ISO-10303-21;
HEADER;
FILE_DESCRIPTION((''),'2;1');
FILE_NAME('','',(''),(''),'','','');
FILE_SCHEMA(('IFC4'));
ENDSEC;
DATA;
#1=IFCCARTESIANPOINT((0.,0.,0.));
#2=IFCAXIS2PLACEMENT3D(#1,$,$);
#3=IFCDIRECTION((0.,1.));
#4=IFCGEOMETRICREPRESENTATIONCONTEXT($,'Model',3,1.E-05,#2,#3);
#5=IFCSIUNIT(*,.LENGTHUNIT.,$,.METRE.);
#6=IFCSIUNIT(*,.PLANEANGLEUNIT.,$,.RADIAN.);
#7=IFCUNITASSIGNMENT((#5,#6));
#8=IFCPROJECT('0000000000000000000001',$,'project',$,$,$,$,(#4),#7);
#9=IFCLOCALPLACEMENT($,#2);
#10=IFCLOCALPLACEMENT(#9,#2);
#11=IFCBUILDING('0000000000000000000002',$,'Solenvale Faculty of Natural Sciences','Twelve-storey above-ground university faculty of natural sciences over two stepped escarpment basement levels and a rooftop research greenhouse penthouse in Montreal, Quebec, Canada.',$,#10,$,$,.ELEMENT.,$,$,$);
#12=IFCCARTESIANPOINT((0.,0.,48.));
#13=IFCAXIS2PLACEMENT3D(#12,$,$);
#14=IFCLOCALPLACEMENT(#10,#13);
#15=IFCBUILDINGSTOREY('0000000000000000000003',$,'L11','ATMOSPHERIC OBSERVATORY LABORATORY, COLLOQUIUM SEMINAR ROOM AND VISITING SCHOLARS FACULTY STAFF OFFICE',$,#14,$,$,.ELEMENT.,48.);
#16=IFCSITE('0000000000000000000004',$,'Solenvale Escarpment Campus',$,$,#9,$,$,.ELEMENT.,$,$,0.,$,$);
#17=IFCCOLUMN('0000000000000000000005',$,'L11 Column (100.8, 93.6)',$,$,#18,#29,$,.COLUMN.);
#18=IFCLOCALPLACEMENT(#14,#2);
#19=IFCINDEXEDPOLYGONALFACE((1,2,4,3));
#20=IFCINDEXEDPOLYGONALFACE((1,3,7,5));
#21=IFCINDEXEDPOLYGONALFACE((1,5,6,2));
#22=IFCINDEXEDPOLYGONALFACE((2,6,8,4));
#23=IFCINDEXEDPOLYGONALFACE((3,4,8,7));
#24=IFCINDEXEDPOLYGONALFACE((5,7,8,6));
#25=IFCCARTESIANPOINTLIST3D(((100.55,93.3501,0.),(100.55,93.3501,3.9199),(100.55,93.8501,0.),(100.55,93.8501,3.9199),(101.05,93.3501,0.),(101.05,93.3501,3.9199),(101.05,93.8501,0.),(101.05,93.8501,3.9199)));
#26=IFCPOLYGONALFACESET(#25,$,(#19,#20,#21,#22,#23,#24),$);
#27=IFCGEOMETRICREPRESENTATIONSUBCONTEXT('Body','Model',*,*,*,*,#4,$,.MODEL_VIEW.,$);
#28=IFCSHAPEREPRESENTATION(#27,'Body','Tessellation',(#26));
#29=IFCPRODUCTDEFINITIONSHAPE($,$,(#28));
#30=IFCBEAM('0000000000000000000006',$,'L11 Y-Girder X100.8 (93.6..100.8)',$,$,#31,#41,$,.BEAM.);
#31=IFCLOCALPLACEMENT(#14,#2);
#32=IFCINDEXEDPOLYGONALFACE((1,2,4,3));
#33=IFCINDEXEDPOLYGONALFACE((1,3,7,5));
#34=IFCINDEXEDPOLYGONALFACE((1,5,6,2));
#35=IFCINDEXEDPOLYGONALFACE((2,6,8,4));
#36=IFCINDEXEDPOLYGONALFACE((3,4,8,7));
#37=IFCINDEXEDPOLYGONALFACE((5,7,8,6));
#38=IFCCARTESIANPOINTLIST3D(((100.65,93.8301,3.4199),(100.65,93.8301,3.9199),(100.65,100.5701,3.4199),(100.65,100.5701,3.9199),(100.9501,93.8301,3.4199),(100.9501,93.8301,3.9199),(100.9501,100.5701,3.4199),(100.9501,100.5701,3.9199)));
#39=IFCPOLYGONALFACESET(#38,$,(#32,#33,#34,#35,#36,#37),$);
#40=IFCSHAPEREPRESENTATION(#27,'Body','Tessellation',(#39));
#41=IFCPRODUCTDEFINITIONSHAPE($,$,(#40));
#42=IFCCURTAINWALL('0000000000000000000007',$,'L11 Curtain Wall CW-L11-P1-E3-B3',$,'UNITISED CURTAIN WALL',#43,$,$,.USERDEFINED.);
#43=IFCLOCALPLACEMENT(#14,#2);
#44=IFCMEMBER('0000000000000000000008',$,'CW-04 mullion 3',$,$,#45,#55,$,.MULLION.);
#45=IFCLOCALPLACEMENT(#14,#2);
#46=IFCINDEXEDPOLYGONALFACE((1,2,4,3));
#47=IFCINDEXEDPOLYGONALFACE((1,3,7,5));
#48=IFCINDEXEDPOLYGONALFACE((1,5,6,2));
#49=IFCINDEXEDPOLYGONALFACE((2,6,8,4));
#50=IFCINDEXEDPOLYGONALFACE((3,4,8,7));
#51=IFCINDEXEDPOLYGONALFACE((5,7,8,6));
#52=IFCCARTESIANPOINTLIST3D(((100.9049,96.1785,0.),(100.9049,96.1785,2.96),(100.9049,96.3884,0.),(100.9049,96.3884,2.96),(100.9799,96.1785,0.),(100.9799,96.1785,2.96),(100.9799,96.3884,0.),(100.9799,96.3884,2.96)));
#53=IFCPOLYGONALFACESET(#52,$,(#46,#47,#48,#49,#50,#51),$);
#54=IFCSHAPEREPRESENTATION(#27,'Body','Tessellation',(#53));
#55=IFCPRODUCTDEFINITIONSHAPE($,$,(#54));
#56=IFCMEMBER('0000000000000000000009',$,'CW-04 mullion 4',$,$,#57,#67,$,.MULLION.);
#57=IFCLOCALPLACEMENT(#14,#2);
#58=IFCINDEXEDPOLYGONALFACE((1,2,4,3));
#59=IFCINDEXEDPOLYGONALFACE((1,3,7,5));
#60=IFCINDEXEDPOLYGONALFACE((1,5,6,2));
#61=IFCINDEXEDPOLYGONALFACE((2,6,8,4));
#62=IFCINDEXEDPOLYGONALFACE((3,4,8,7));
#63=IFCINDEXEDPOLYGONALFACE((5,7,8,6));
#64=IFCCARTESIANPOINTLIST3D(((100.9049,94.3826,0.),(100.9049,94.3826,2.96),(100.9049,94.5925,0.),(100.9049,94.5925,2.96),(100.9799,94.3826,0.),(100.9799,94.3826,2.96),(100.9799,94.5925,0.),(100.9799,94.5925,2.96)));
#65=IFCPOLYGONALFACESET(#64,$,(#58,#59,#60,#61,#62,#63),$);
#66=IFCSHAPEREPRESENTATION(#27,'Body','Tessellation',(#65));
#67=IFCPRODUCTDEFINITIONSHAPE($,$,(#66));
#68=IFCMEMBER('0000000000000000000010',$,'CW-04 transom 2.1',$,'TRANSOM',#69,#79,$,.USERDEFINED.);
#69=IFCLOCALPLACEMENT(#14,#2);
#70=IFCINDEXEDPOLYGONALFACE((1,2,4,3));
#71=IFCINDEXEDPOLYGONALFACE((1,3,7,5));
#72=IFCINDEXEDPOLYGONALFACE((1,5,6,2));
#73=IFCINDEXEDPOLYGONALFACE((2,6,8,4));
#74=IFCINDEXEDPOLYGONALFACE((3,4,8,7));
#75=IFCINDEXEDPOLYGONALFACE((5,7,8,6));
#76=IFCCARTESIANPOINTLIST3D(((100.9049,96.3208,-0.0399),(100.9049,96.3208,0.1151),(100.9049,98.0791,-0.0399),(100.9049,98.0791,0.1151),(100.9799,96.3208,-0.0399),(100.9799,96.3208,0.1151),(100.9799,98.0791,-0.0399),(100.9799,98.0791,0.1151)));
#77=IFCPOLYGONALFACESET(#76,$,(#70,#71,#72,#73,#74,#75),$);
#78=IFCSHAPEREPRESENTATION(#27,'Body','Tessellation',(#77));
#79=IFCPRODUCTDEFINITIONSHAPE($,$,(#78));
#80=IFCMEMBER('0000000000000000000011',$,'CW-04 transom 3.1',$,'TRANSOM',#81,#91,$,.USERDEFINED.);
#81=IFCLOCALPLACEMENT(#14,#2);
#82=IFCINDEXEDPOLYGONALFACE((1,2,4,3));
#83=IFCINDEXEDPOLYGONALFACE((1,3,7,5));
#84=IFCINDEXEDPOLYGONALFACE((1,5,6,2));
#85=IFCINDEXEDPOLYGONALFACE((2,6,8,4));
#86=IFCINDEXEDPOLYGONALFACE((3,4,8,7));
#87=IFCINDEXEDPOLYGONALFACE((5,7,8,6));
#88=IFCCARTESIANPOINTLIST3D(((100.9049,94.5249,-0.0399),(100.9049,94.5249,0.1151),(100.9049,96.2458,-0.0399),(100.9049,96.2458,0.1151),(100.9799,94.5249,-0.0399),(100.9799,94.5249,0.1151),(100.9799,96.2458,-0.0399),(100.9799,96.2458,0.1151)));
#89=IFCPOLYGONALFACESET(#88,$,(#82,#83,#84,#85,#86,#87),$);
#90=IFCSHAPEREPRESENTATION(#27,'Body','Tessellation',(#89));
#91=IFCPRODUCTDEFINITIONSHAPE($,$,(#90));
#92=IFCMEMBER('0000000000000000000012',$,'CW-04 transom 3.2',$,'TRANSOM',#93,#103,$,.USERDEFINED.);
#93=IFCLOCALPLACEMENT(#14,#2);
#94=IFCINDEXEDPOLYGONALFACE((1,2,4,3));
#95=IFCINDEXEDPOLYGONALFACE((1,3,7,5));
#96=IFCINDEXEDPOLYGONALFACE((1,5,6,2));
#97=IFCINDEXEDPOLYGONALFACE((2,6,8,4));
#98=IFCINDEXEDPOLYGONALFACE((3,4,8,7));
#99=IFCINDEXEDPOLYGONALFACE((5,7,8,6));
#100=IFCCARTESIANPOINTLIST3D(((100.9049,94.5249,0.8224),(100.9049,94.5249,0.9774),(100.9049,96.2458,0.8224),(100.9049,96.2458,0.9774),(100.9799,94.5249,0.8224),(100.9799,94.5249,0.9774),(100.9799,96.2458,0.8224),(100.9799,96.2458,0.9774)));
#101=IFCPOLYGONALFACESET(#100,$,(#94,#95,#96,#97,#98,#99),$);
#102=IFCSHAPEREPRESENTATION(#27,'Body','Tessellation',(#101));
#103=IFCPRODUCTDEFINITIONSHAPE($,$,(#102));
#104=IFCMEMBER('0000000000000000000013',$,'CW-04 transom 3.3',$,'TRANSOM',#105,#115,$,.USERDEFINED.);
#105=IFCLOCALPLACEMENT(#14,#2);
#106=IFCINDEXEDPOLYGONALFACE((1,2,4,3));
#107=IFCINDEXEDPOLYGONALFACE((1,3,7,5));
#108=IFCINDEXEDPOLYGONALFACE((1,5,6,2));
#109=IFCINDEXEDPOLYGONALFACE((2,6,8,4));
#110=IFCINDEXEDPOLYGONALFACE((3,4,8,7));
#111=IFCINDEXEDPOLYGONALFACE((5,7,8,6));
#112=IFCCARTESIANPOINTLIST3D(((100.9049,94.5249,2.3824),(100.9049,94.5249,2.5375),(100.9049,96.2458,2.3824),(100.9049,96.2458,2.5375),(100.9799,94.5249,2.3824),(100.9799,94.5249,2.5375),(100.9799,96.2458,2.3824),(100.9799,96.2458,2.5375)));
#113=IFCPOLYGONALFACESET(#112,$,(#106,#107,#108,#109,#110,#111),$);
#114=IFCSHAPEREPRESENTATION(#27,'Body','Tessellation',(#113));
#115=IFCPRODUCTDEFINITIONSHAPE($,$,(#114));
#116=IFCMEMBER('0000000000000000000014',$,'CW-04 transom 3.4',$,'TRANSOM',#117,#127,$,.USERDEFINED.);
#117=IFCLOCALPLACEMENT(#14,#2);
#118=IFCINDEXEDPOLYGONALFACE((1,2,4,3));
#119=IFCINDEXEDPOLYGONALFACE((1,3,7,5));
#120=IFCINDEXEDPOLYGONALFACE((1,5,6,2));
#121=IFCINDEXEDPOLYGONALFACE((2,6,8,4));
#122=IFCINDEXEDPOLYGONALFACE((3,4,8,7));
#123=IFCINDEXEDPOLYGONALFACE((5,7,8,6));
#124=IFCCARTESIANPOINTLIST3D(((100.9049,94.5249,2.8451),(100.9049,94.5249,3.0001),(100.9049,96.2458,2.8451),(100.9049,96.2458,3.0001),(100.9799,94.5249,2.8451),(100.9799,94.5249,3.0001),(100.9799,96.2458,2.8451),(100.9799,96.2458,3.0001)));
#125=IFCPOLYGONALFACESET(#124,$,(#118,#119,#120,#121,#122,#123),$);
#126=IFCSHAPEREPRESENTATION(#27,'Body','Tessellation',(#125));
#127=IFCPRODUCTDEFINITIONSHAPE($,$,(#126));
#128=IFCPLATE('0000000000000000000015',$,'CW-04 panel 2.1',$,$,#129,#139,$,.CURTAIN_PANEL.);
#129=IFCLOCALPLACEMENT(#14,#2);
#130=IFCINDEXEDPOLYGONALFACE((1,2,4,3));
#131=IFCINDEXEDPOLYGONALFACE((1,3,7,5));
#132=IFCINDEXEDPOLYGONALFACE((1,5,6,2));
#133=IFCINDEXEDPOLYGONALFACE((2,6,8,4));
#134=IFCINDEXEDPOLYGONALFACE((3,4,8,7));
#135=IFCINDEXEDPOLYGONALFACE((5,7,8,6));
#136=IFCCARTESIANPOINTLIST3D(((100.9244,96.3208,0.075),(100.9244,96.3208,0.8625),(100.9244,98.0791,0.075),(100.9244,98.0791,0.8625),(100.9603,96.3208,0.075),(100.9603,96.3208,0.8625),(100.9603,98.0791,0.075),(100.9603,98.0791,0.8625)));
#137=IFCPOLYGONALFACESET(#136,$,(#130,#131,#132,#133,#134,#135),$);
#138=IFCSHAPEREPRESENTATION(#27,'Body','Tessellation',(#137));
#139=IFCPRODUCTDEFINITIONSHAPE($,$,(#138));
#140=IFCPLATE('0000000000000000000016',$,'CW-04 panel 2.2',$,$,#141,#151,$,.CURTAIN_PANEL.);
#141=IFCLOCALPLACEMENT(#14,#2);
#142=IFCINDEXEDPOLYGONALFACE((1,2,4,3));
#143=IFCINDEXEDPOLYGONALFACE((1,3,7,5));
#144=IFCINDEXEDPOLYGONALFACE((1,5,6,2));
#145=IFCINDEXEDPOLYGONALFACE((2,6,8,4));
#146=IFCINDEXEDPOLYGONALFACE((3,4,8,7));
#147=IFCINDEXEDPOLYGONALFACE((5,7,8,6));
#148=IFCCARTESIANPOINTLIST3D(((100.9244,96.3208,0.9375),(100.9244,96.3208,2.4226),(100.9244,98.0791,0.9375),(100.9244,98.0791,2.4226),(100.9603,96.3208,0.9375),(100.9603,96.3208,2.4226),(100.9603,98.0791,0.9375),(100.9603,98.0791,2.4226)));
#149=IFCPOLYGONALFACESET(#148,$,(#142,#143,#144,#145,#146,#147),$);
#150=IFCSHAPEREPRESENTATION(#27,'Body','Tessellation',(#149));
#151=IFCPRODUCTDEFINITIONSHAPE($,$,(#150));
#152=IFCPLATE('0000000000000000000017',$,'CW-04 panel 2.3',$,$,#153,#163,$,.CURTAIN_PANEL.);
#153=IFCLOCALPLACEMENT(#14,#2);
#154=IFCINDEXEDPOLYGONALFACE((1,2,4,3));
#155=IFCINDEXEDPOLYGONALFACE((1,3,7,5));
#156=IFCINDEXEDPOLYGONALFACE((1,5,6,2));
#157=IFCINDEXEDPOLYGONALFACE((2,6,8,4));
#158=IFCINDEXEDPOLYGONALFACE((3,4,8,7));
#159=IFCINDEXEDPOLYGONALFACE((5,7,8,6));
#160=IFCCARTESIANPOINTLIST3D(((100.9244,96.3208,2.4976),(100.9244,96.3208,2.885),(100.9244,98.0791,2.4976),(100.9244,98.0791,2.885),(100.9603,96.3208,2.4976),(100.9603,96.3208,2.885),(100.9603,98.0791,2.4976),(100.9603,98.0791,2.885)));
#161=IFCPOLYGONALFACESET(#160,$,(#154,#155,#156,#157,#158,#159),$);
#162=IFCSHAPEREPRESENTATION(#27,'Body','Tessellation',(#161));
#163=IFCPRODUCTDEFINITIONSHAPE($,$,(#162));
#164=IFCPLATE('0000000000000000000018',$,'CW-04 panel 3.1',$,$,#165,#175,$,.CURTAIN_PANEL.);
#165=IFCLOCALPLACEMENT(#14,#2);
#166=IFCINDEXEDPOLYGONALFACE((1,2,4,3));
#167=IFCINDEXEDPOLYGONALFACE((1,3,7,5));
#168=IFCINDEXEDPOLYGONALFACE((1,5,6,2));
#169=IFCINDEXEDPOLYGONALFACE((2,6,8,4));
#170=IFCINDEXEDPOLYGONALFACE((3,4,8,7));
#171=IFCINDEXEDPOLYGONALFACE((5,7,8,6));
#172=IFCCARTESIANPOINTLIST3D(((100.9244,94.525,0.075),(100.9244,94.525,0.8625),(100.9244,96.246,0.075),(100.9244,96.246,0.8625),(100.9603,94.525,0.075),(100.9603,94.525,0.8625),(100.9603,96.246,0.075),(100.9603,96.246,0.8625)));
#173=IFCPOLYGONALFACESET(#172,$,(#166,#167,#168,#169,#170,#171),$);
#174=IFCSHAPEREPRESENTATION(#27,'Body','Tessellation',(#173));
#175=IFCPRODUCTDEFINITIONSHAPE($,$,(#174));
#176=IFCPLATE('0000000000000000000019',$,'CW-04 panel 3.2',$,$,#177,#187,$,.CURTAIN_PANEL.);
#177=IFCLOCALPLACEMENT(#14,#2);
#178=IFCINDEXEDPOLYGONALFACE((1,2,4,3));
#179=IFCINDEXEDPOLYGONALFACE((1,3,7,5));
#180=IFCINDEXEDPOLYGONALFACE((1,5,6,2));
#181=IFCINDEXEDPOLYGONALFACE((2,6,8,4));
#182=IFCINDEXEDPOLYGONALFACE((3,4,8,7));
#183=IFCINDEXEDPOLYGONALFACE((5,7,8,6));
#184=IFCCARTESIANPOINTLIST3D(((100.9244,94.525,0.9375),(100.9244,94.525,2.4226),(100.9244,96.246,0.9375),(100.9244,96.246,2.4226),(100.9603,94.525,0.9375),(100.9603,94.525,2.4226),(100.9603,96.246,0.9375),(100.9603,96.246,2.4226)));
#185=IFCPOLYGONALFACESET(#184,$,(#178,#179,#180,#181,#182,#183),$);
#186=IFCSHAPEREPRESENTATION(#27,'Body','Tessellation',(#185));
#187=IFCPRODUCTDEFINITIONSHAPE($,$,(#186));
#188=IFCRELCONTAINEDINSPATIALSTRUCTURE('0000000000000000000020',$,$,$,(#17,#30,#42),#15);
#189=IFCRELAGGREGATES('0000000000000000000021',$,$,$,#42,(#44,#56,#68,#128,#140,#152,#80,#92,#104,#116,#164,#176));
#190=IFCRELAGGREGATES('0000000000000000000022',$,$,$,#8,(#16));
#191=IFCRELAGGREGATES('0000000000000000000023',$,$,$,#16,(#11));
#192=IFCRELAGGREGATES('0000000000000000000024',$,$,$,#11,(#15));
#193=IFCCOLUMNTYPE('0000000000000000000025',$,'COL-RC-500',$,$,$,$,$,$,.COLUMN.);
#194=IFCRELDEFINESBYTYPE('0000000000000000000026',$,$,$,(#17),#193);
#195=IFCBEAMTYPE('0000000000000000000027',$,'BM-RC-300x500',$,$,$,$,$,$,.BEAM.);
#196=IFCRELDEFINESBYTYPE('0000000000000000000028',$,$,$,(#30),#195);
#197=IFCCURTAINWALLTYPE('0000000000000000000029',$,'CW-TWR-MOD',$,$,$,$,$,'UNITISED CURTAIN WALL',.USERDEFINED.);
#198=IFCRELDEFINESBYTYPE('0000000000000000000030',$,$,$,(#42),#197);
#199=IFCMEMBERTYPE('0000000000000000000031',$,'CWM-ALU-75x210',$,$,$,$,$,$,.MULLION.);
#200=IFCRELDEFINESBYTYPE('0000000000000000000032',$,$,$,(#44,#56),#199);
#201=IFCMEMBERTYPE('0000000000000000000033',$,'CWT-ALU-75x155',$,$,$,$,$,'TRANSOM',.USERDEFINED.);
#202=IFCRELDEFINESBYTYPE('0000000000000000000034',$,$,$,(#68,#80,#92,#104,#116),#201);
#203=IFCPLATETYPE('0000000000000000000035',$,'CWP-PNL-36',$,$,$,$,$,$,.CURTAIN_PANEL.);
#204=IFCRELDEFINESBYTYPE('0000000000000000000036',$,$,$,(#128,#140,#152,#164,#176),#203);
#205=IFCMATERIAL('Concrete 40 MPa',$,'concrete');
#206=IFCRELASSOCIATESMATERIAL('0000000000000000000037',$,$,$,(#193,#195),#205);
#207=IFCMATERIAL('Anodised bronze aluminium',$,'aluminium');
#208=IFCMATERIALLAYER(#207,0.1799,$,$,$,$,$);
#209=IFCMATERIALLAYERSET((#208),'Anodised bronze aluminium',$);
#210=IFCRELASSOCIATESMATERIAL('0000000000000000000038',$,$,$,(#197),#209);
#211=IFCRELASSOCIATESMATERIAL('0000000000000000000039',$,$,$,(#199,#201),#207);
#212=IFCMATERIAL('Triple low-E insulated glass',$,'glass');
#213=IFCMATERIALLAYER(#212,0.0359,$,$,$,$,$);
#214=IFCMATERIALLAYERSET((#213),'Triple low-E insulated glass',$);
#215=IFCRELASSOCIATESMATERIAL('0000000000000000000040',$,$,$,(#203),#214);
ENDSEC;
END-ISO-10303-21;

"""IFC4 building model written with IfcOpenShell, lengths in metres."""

from ifc_helpers import new_model, si_unit, direction, frame, origin, origin_2d, place, context, subcontext, project, spatial, rectangle, extrude, material, layer, layer_set, material_profile, profile_set, type_object, element, aggregate, save


model = new_model("IFC4")

# Units and contexts
model_context = context("Model", 3, precision=1e-05, world=origin(), true_north=direction((0.0, 1.0)))
body_context = subcontext(model_context, "Body", "Model", "MODEL_VIEW")
ifc_project = project(units=[si_unit("LENGTHUNIT", "METRE"), si_unit("PLANEANGLEUNIT", "RADIAN")], contexts=[model_context])

# Site, building, storey
site_placement = place(None, origin())
site = spatial("IfcSite", under=ifc_project, at=site_placement, Name="Solenvale Escarpment Campus", CompositionType="ELEMENT", RefElevation=0.0)
building_placement = place(site_placement, origin())
building = spatial("IfcBuilding", under=site, at=building_placement, Name="Solenvale Faculty of Natural Sciences", Description="Twelve-storey above-ground university faculty of natural sciences over two stepped escarpment basement levels and a rooftop research greenhouse penthouse in Montreal, Quebec, Canada.", CompositionType="ELEMENT")
storey_placement = place(building_placement, frame((0.0, 0.0, 48.0)))
storey = spatial("IfcBuildingStorey", under=building, at=storey_placement, Name="L11", Description="ATMOSPHERIC OBSERVATORY LABORATORY, COLLOQUIUM SEMINAR ROOM AND VISITING SCHOLARS FACULTY STAFF OFFICE", CompositionType="ELEMENT", Elevation=48.0)

# Column
ifc_material_1 = material(Name="Concrete 40 MPa", Category="concrete")
ifc_material_profile_1 = material_profile(ifc_material_1, rectangle(XDim=0.5, YDim=0.5, at=origin_2d()), Name="RC-COL-500x500")
ifc_profile_set_1 = profile_set([ifc_material_profile_1], Name="Concrete 40 MPa")
column_type = type_object("IfcColumnType", Name="COL-RC-500", PredefinedType="COLUMN", material=ifc_profile_set_1)
column_placement = place(storey_placement, frame((100.8, 93.6001, 0.0), z_axis=(0.0, 0.0, 1.0), x_axis=(1.0, 0.0, 0.0)))
element("IfcColumn", 1, at=column_placement, inside=storey, type_object=column_type, Name="L11 Column (100.8, 93.6)", PredefinedType="COLUMN", context=body_context, shape_type="SweptSolid", body=[
    extrude(rectangle(XDim=0.5, YDim=0.5, at=origin_2d()), origin(), (0.0, 0.0, 1.0), 3.9199),
])

# Beam
ifc_material_profile_2 = material_profile(ifc_material_1, rectangle(XDim=0.3, YDim=0.5, at=origin_2d()), Name="RC-BM-300x500")
ifc_profile_set_2 = profile_set([ifc_material_profile_2], Name="Concrete 40 MPa")
beam_type = type_object("IfcBeamType", Name="BM-RC-300x500", PredefinedType="BEAM", material=ifc_profile_set_2)
beam_placement = place(storey_placement, frame((100.8, 93.8301, 3.6699), z_axis=(0.0, 1.0, 0.0), x_axis=(-1.0, 0.0, 0.0)))
element("IfcBeam", 2, at=beam_placement, inside=storey, type_object=beam_type, Name="L11 Y-Girder X100.8 (93.6..100.8)", PredefinedType="BEAM", context=body_context, shape_type="SweptSolid", body=[
    extrude(rectangle(XDim=0.3, YDim=0.5, at=origin_2d()), origin(), (0.0, 0.0, 1.0), 6.74),
])

# Curtain wall, members, plates
ifc_material_2 = material(Name="Anodised bronze aluminium", Category="aluminium")
ifc_layer_1 = layer(ifc_material_2, 0.1799)
ifc_layer_set_1 = layer_set([ifc_layer_1], Name="Anodised bronze aluminium")
curtain_wall_type = type_object("IfcCurtainWallType", Name="CW-TWR-MOD", ElementType="UNITISED CURTAIN WALL", PredefinedType="USERDEFINED", material=ifc_layer_set_1)
curtain_wall_placement = place(storey_placement, origin())
curtain_wall = element("IfcCurtainWall", 3, at=curtain_wall_placement, inside=storey, type_object=curtain_wall_type, Name="L11 Curtain Wall CW-L11-P1-E3-B3", ObjectType="UNITISED CURTAIN WALL", PredefinedType="USERDEFINED")
ifc_material_profile_3 = material_profile(ifc_material_2, rectangle(XDim=0.075, YDim=0.21, at=origin_2d()), Name="ALU-MUL-75x210")
ifc_profile_set_3 = profile_set([ifc_material_profile_3], Name="Anodised bronze aluminium")
member_type_1 = type_object("IfcMemberType", Name="CWM-ALU-75x210", PredefinedType="MULLION", material=ifc_profile_set_3)
member_1_placement = place(storey_placement, frame((100.9424, 96.2834, 0.0), z_axis=(0.0, 0.0, 1.0), x_axis=(1.0, 0.0, 0.0)))
member_1 = element("IfcMember", 4, at=member_1_placement, type_object=member_type_1, Name="CW-04 mullion 3", PredefinedType="MULLION", context=body_context, shape_type="SweptSolid", body=[
    extrude(rectangle(XDim=0.075, YDim=0.21, at=origin_2d()), origin(), (0.0, 0.0, 1.0), 2.96),
])
member_2_placement = place(storey_placement, frame((100.9424, 94.4875, 0.0), z_axis=(0.0, 0.0, 1.0), x_axis=(1.0, 0.0, 0.0)))
member_2 = element("IfcMember", 5, at=member_2_placement, type_object=member_type_1, Name="CW-04 mullion 4", PredefinedType="MULLION", context=body_context, shape_type="SweptSolid", body=[
    extrude(rectangle(XDim=0.075, YDim=0.21, at=origin_2d()), origin(), (0.0, 0.0, 1.0), 2.96),
])
ifc_material_profile_4 = material_profile(ifc_material_2, rectangle(XDim=0.075, YDim=0.155, at=origin_2d()), Name="ALU-TRN-75x155")
ifc_profile_set_4 = profile_set([ifc_material_profile_4], Name="Anodised bronze aluminium")
member_type_2 = type_object("IfcMemberType", Name="CWT-ALU-75x155", ElementType="TRANSOM", PredefinedType="USERDEFINED", material=ifc_profile_set_4)
member_3_placement = place(storey_placement, frame((100.9424, 98.0791, 0.0376), z_axis=(0.0, -1.0, 0.0), x_axis=(1.0, 0.0, 0.0)))
member_3 = element("IfcMember", 6, at=member_3_placement, type_object=member_type_2, Name="CW-04 transom 2.1", ObjectType="TRANSOM", PredefinedType="USERDEFINED", context=body_context, shape_type="SweptSolid", body=[
    extrude(rectangle(XDim=0.075, YDim=0.155, at=origin_2d()), origin(), (0.0, 0.0, 1.0), 1.7583),
])
member_4_placement = place(storey_placement, frame((100.9424, 96.2458, 0.0376), z_axis=(0.0, -1.0, 0.0), x_axis=(1.0, 0.0, 0.0)))
member_4 = element("IfcMember", 7, at=member_4_placement, type_object=member_type_2, Name="CW-04 transom 3.1", ObjectType="TRANSOM", PredefinedType="USERDEFINED", context=body_context, shape_type="SweptSolid", body=[
    extrude(rectangle(XDim=0.075, YDim=0.155, at=origin_2d()), origin(), (0.0, 0.0, 1.0), 1.7209),
])
member_5_placement = place(storey_placement, frame((100.9424, 96.2458, 0.8999), z_axis=(0.0, -1.0, 0.0), x_axis=(1.0, 0.0, 0.0)))
member_5 = element("IfcMember", 8, at=member_5_placement, type_object=member_type_2, Name="CW-04 transom 3.2", ObjectType="TRANSOM", PredefinedType="USERDEFINED", context=body_context, shape_type="SweptSolid", body=[
    extrude(rectangle(XDim=0.075, YDim=0.155, at=origin_2d()), origin(), (0.0, 0.0, 1.0), 1.7209),
])
member_6_placement = place(storey_placement, frame((100.9424, 96.2458, 2.46), z_axis=(0.0, -1.0, 0.0), x_axis=(1.0, 0.0, 0.0)))
member_6 = element("IfcMember", 9, at=member_6_placement, type_object=member_type_2, Name="CW-04 transom 3.3", ObjectType="TRANSOM", PredefinedType="USERDEFINED", context=body_context, shape_type="SweptSolid", body=[
    extrude(rectangle(XDim=0.075, YDim=0.155, at=origin_2d()), origin(), (0.0, 0.0, 1.0), 1.7209),
])
member_7_placement = place(storey_placement, frame((100.9424, 96.2458, 2.9226), z_axis=(0.0, -1.0, 0.0), x_axis=(1.0, 0.0, 0.0)))
member_7 = element("IfcMember", 10, at=member_7_placement, type_object=member_type_2, Name="CW-04 transom 3.4", ObjectType="TRANSOM", PredefinedType="USERDEFINED", context=body_context, shape_type="SweptSolid", body=[
    extrude(rectangle(XDim=0.075, YDim=0.155, at=origin_2d()), origin(), (0.0, 0.0, 1.0), 1.7209),
])
ifc_material_3 = material(Name="Triple low-E insulated glass", Category="glass")
ifc_layer_2 = layer(ifc_material_3, 0.0359)
ifc_layer_set_2 = layer_set([ifc_layer_2], Name="Triple low-E insulated glass")
plate_type = type_object("IfcPlateType", Name="CWP-PNL-36", PredefinedType="CURTAIN_PANEL", material=ifc_layer_set_2)
plate_1_placement = place(storey_placement, frame((100.9424, 97.2, 0.075), z_axis=(0.0, 0.0, 1.0), x_axis=(0.0, -1.0, 0.0)))
plate_1 = element("IfcPlate", 11, at=plate_1_placement, type_object=plate_type, Name="CW-04 panel 2.1", PredefinedType="CURTAIN_PANEL", context=body_context, shape_type="SweptSolid", body=[
    extrude(rectangle(XDim=1.7583, YDim=0.0359, at=origin_2d()), origin(), (0.0, 0.0, 1.0), 0.7876),
])
plate_2_placement = place(storey_placement, frame((100.9424, 97.2, 0.9375), z_axis=(0.0, 0.0, 1.0), x_axis=(0.0, -1.0, 0.0)))
plate_2 = element("IfcPlate", 12, at=plate_2_placement, type_object=plate_type, Name="CW-04 panel 2.2", PredefinedType="CURTAIN_PANEL", context=body_context, shape_type="SweptSolid", body=[
    extrude(rectangle(XDim=1.7583, YDim=0.0359, at=origin_2d()), origin(), (0.0, 0.0, 1.0), 1.4851),
])
plate_3_placement = place(storey_placement, frame((100.9424, 97.2, 2.4976), z_axis=(0.0, 0.0, 1.0), x_axis=(0.0, -1.0, 0.0)))
plate_3 = element("IfcPlate", 13, at=plate_3_placement, type_object=plate_type, Name="CW-04 panel 2.3", PredefinedType="CURTAIN_PANEL", context=body_context, shape_type="SweptSolid", body=[
    extrude(rectangle(XDim=1.7583, YDim=0.0359, at=origin_2d()), origin(), (0.0, 0.0, 1.0), 0.3875),
])
plate_4_placement = place(storey_placement, frame((100.9424, 95.3855, 0.075), z_axis=(0.0, 0.0, 1.0), x_axis=(0.0, -1.0, 0.0)))
plate_4 = element("IfcPlate", 14, at=plate_4_placement, type_object=plate_type, Name="CW-04 panel 3.1", PredefinedType="CURTAIN_PANEL", context=body_context, shape_type="SweptSolid", body=[
    extrude(rectangle(XDim=1.7209, YDim=0.0359, at=origin_2d()), origin(), (0.0, 0.0, 1.0), 0.7876),
])
plate_5_placement = place(storey_placement, frame((100.9424, 95.3855, 0.9375), z_axis=(0.0, 0.0, 1.0), x_axis=(0.0, -1.0, 0.0)))
plate_5 = element("IfcPlate", 15, at=plate_5_placement, type_object=plate_type, Name="CW-04 panel 3.2", PredefinedType="CURTAIN_PANEL", context=body_context, shape_type="SweptSolid", body=[
    extrude(rectangle(XDim=1.7209, YDim=0.0359, at=origin_2d()), origin(), (0.0, 0.0, 1.0), 1.4851),
])
aggregate(curtain_wall, [member_1, member_2, member_3, plate_1, plate_2, plate_3, member_4, member_5, member_6, member_7, plate_4, plate_5])

save(model, "model.ifc")
